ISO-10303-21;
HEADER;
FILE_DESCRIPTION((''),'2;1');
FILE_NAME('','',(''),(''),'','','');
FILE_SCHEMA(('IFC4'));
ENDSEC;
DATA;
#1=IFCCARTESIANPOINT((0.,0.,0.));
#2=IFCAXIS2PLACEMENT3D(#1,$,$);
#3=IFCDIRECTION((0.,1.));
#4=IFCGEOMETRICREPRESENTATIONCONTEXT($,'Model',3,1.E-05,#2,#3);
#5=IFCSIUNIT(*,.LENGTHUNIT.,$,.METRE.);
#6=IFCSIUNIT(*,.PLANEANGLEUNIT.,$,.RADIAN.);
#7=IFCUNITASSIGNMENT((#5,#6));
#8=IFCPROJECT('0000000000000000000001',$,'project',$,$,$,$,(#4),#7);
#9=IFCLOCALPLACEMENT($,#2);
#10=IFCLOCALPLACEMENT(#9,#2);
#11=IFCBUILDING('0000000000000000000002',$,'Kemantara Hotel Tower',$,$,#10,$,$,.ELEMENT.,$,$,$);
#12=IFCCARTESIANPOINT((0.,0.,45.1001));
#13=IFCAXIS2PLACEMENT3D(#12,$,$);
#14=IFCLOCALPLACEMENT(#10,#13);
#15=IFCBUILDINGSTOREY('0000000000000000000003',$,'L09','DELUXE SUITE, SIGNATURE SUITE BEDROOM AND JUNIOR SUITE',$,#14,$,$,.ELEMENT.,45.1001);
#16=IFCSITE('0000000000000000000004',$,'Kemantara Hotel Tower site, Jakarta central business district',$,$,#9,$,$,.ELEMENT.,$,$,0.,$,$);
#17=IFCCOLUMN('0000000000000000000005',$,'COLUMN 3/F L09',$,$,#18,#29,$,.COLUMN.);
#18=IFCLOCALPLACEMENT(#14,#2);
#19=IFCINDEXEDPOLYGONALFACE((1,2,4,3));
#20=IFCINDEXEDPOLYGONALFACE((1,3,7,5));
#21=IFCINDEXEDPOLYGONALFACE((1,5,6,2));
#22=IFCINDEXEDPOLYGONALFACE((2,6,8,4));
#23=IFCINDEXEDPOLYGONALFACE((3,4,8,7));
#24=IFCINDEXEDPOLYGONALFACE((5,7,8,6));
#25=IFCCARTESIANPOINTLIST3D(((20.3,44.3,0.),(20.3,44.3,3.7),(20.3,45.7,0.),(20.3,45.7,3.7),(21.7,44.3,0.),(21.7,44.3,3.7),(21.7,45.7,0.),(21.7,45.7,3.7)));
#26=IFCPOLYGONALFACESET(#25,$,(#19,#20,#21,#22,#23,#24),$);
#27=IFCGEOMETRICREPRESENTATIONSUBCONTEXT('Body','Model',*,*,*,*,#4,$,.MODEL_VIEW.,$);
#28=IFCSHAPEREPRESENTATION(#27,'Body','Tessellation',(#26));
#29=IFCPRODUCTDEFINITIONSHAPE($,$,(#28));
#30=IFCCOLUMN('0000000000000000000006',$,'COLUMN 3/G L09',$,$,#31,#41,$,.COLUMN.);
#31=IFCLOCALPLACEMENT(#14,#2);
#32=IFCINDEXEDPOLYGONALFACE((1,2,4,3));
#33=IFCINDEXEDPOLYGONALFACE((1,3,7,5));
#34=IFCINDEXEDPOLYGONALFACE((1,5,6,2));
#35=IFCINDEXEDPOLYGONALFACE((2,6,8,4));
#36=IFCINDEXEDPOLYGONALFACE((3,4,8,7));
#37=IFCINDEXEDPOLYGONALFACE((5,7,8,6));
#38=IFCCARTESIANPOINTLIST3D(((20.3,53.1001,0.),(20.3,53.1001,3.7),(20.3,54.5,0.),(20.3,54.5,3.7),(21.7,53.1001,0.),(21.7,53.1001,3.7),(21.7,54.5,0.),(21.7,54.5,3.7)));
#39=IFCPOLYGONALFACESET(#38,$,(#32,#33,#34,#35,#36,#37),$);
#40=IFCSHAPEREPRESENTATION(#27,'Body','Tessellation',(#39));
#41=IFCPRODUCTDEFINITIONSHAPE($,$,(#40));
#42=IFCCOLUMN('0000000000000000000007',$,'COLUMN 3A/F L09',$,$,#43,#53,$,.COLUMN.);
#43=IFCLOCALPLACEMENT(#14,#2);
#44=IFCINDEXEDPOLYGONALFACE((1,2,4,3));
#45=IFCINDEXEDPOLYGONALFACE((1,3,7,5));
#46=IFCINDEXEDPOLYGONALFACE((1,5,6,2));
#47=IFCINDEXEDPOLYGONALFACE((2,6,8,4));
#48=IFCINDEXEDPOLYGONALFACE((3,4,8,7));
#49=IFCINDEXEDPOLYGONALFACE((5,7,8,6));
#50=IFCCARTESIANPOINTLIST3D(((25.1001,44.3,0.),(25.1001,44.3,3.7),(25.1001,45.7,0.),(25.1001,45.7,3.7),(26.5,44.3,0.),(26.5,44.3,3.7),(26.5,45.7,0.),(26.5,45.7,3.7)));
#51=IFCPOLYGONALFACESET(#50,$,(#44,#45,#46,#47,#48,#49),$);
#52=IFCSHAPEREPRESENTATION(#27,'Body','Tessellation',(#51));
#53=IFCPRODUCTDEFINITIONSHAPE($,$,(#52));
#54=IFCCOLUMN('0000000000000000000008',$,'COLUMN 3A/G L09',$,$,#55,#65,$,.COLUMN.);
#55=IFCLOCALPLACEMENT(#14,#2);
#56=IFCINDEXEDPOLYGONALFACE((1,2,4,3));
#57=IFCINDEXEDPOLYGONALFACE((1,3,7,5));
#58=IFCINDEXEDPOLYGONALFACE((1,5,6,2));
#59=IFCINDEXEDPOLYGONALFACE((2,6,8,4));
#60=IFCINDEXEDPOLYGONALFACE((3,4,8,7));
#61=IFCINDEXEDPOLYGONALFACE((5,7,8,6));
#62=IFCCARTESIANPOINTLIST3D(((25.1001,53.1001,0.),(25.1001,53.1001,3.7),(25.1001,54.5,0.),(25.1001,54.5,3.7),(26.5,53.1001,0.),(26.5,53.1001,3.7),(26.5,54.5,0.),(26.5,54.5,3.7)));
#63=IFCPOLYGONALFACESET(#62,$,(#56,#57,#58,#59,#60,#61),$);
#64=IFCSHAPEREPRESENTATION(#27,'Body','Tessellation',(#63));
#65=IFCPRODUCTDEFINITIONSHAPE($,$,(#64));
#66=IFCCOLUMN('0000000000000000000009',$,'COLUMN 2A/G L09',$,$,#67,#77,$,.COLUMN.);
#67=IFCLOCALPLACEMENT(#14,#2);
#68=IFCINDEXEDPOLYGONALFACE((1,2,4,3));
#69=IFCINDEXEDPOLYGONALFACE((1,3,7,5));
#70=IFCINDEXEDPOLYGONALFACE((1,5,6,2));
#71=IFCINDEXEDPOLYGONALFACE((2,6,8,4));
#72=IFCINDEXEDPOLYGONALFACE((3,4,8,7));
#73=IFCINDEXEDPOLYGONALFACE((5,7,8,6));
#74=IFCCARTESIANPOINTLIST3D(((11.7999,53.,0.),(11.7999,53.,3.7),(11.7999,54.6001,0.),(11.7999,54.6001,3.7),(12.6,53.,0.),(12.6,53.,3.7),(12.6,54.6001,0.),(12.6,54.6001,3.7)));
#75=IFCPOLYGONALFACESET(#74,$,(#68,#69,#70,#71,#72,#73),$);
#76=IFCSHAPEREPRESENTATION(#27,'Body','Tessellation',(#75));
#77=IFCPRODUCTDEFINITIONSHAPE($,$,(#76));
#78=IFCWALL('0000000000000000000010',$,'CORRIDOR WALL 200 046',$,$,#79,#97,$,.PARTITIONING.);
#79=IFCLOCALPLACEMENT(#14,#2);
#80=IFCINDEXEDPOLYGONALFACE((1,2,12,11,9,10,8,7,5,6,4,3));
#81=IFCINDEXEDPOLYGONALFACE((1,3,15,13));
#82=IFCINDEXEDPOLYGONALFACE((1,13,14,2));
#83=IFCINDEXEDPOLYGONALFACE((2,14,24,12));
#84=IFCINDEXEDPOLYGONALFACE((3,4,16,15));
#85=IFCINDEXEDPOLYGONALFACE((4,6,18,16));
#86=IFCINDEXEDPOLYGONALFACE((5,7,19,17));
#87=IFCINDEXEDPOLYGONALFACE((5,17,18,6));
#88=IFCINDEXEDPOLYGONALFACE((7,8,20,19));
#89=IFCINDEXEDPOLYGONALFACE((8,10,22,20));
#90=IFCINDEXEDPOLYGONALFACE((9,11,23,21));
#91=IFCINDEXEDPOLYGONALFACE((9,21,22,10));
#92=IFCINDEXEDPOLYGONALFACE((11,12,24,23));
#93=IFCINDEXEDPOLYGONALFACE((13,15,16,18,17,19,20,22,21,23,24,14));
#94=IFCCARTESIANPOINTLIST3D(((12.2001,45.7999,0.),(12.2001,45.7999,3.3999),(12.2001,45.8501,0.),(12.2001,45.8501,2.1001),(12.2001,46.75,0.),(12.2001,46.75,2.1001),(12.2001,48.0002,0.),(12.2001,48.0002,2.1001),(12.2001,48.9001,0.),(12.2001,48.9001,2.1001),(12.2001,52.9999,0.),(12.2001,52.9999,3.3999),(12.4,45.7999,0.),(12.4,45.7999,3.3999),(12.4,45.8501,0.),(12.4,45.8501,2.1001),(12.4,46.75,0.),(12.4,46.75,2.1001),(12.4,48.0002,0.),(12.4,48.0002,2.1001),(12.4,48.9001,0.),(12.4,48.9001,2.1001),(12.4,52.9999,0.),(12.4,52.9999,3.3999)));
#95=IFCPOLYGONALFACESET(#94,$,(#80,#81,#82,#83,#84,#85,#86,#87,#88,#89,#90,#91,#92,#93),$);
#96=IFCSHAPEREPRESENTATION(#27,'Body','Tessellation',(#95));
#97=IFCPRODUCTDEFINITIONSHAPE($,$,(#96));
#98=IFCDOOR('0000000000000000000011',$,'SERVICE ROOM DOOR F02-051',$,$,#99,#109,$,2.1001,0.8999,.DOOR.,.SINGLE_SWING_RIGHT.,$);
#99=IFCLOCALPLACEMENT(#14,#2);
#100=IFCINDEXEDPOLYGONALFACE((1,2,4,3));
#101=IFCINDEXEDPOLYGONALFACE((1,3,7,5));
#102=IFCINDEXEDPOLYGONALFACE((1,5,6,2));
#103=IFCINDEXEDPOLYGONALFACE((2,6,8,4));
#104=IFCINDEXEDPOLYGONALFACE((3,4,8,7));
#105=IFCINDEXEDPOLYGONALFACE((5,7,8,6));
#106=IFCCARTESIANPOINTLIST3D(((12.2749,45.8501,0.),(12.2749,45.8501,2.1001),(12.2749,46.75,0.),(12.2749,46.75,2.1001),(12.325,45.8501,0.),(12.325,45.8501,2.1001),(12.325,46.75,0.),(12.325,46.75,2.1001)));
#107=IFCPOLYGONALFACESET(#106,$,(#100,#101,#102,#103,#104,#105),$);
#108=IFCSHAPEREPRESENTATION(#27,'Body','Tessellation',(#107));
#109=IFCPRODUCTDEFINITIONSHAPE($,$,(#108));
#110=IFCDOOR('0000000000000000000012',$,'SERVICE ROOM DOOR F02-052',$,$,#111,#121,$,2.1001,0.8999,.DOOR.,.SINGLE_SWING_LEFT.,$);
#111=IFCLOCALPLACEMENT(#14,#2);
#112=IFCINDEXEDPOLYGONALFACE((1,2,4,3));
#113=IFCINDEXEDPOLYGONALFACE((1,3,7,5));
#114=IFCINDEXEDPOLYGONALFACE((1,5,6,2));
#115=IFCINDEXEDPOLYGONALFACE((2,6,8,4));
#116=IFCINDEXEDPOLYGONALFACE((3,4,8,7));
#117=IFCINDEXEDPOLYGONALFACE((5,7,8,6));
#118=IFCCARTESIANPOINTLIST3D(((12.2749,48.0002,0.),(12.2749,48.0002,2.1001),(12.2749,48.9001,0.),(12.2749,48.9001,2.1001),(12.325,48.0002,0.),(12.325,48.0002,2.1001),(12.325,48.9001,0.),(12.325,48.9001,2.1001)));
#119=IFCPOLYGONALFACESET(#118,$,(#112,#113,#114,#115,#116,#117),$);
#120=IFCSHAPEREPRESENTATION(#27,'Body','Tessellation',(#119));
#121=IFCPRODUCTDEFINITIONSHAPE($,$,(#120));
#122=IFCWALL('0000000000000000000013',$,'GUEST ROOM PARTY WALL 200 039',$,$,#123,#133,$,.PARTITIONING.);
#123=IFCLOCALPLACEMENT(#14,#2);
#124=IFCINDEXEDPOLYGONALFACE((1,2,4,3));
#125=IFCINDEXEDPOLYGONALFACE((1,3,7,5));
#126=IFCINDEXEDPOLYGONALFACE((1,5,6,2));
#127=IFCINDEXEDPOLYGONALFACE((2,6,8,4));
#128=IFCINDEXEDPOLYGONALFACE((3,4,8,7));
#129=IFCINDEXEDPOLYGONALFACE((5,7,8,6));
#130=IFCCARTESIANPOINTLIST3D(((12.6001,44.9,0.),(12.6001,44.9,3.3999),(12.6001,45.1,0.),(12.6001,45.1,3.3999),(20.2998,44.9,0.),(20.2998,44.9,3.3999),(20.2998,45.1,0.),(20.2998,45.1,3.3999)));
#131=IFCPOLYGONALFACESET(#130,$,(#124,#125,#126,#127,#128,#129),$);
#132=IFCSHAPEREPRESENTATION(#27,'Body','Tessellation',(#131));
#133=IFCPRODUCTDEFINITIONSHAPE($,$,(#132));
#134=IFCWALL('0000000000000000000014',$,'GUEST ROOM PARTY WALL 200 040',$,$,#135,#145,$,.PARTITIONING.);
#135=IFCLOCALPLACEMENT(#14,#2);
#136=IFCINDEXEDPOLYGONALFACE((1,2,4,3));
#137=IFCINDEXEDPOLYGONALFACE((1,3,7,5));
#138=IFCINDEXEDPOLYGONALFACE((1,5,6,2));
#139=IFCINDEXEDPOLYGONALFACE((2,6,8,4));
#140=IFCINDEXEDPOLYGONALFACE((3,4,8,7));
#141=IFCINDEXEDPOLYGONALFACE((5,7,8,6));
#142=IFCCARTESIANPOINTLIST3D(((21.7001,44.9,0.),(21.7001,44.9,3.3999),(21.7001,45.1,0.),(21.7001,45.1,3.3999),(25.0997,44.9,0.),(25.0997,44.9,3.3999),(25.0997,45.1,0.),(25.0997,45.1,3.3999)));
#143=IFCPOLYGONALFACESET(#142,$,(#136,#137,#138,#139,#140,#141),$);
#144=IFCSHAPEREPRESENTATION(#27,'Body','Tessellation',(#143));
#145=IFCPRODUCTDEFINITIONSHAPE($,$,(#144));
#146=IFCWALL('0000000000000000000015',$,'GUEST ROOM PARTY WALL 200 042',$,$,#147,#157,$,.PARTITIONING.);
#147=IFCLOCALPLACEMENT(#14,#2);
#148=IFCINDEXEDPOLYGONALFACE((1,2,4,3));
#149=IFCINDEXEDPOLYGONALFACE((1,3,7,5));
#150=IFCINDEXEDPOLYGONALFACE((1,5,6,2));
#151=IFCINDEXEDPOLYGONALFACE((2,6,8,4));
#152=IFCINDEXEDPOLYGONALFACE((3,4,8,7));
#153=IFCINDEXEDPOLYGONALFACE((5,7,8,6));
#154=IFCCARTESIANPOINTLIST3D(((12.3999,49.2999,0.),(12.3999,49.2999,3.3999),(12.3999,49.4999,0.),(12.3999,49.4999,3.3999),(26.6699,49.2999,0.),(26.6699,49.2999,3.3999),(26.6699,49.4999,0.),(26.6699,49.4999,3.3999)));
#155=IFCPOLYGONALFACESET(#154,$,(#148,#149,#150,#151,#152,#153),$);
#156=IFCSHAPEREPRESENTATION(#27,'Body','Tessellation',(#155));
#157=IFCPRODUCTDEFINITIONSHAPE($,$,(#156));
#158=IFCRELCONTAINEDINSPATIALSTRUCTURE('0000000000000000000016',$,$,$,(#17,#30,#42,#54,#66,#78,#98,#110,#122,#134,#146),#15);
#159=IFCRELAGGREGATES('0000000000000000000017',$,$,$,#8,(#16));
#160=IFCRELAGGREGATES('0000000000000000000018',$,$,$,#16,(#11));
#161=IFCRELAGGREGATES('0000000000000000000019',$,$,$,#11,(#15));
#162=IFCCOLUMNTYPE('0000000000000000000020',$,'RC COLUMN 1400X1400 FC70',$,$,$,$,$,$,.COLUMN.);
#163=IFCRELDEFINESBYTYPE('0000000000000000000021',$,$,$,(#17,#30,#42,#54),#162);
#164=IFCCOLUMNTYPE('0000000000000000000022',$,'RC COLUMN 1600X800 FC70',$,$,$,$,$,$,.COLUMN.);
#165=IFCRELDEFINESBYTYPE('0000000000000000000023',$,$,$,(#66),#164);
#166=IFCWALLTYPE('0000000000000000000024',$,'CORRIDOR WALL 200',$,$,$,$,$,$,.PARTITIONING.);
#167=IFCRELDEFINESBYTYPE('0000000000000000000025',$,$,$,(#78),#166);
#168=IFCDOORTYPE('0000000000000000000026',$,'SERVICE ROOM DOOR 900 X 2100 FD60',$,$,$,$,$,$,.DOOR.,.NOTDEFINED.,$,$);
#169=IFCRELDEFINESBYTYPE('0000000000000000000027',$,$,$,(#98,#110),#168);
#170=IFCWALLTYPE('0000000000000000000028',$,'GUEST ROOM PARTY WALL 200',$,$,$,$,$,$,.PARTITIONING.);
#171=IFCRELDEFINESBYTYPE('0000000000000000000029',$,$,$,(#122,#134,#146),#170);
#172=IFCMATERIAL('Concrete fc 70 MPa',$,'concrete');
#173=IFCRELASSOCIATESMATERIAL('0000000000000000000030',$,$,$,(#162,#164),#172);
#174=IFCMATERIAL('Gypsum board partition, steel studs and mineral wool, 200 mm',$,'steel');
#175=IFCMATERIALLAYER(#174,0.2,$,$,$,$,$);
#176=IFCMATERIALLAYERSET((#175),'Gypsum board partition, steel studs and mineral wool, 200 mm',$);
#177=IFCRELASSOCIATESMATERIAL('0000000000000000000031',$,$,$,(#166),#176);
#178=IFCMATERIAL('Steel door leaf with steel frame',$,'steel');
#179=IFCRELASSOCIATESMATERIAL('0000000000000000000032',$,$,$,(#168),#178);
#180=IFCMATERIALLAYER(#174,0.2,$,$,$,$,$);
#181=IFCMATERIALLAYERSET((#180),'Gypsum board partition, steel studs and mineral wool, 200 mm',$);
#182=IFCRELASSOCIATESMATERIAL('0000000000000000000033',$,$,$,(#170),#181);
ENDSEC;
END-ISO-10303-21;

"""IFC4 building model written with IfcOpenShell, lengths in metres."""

from ifc_helpers import new_model, si_unit, direction, frame, frame_2d, origin, origin_2d, place, context, subcontext, project, spatial, rectangle, extrude, material, layer, layer_set, material_profile, profile_set, type_object, element, fill, save


model = new_model("IFC4")

# Units and contexts
model_context = context("Model", 3, precision=1e-05, world=origin(), true_north=direction((0.0, 1.0)))
body_context = subcontext(model_context, "Body", "Model", "MODEL_VIEW")
ifc_project = project(units=[si_unit("LENGTHUNIT", "METRE"), si_unit("PLANEANGLEUNIT", "RADIAN")], contexts=[model_context])

# Site, building, storey
site_placement = place(None, origin())
site = spatial("IfcSite", under=ifc_project, at=site_placement, Name="Kemantara Hotel Tower site, Jakarta central business district", CompositionType="ELEMENT", RefElevation=0.0)
building_placement = place(site_placement, origin())
building = spatial("IfcBuilding", under=site, at=building_placement, Name="Kemantara Hotel Tower", CompositionType="ELEMENT")
storey_placement = place(building_placement, frame((0.0, 0.0, 45.1001)))
storey = spatial("IfcBuildingStorey", under=building, at=storey_placement, Name="L09", Description="DELUXE SUITE, SIGNATURE SUITE BEDROOM AND JUNIOR SUITE", CompositionType="ELEMENT", Elevation=45.1001)

# Columns
ifc_material_1 = material(Name="Concrete fc 70 MPa", Category="concrete")
ifc_material_profile_1 = material_profile(ifc_material_1, rectangle(XDim=1.3999, YDim=1.3999, at=origin_2d()), Name="RC 1400X1400")
ifc_profile_set_1 = profile_set([ifc_material_profile_1], Name="Concrete fc 70 MPa")
column_type_1 = type_object("IfcColumnType", Name="RC COLUMN 1400X1400 FC70", PredefinedType="COLUMN", material=ifc_profile_set_1)
for number, where, z_axis, x_axis, name in (
    (1, (21.0, 45.0, 0.0), (0.0, 0.0, 1.0), (1.0, 0.0, 0.0), "COLUMN 3/F L09"),
    (2, (21.0, 53.8, 0.0), (0.0, 0.0, 1.0), (1.0, 0.0, 0.0), "COLUMN 3/G L09"),
    (3, (25.8, 45.0, 0.0), (0.0, 0.0, 1.0), (1.0, 0.0, 0.0), "COLUMN 3A/F L09"),
    (4, (25.8, 53.8, 0.0), (0.0, 0.0, 1.0), (1.0, 0.0, 0.0), "COLUMN 3A/G L09"),
):
    element("IfcColumn", number, at=place(storey_placement, frame(where, z_axis=z_axis, x_axis=x_axis)), inside=storey, type_object=column_type_1, Name=name, PredefinedType="COLUMN", context=body_context, shape_type="SweptSolid", body=[
        extrude(rectangle(XDim=1.3999, YDim=1.3999, at=origin_2d()), origin(), (0.0, 0.0, 1.0), 3.7),
    ])
ifc_material_profile_2 = material_profile(ifc_material_1, rectangle(XDim=1.6001, YDim=0.8, at=origin_2d()), Name="RC 1600X800")
ifc_profile_set_2 = profile_set([ifc_material_profile_2], Name="Concrete fc 70 MPa")
column_type_2 = type_object("IfcColumnType", Name="RC COLUMN 1600X800 FC70", PredefinedType="COLUMN", material=ifc_profile_set_2)
column_placement = place(storey_placement, frame((12.2, 53.8, 0.0), z_axis=(0.0, 0.0, 1.0), x_axis=(0.0, 1.0, 0.0)))
element("IfcColumn", 5, at=column_placement, inside=storey, type_object=column_type_2, Name="COLUMN 2A/G L09", PredefinedType="COLUMN", context=body_context, shape_type="SweptSolid", body=[
    extrude(rectangle(XDim=1.6001, YDim=0.8, at=origin_2d()), origin(), (0.0, 0.0, 1.0), 3.7),
])

# Wall, openings, doors
ifc_material_2 = material(Name="Gypsum board partition, steel studs and mineral wool, 200 mm", Category="steel")
ifc_layer_1 = layer(ifc_material_2, 0.2)
ifc_layer_set_1 = layer_set([ifc_layer_1], Name="Gypsum board partition, steel studs and mineral wool, 200 mm")
wall_type_1 = type_object("IfcWallType", Name="CORRIDOR WALL 200", PredefinedType="PARTITIONING", material=ifc_layer_set_1)
wall_1_placement = place(storey_placement, frame((12.3, 53.0, 0.0), z_axis=(0.0, 0.0, 1.0), x_axis=(0.0, -1.0, 0.0)))
wall_1 = element("IfcWall", 6, at=wall_1_placement, inside=storey, type_object=wall_type_1, Name="CORRIDOR WALL 200 046", PredefinedType="PARTITIONING", context=body_context, shape_type="SweptSolid", body=[
    extrude(rectangle(XDim=7.2, YDim=0.2, at=frame_2d((3.6001, 0.0))), origin(), (0.0, 0.0, 1.0), 3.3999),
])
opening_1_placement = place(wall_1_placement, frame((6.25, 0.0, 0.0)))
opening_1 = element("IfcOpeningElement", 7, at=opening_1_placement, cuts=wall_1, PredefinedType="OPENING", context=body_context, shape_type="SweptSolid", body=[
    extrude(rectangle(XDim=0.8999, YDim=2.1001, at=frame_2d((0.45, 1.05))), frame((0.0, 0.1099, 0.0), z_axis=(0.0, -1.0, 0.0), x_axis=(1.0, 0.0, 0.0)), (0.0, 0.0, 1.0), 0.22),
])
opening_2_placement = place(wall_1_placement, frame((4.0999, 0.0, 0.0)))
opening_2 = element("IfcOpeningElement", 8, at=opening_2_placement, cuts=wall_1, PredefinedType="OPENING", context=body_context, shape_type="SweptSolid", body=[
    extrude(rectangle(XDim=0.8999, YDim=2.1001, at=frame_2d((0.45, 1.05))), frame((0.0, 0.1099, 0.0), z_axis=(0.0, -1.0, 0.0), x_axis=(1.0, 0.0, 0.0)), (0.0, 0.0, 1.0), 0.22),
])
ifc_material_3 = material(Name="Steel door leaf with steel frame", Category="steel")
door_type_1 = type_object("IfcDoorType", Name="SERVICE ROOM DOOR 900 X 2100 FD60", OperationType="NOTDEFINED", PredefinedType="DOOR", material=ifc_material_3)
door_1_placement = place(opening_1_placement, origin())
door_1 = element("IfcDoor", 9, at=door_1_placement, inside=storey, type_object=door_type_1, Name="SERVICE ROOM DOOR F02-051", OperationType="SINGLE_SWING_RIGHT", OverallHeight=2.1001, OverallWidth=0.8999, PredefinedType="DOOR", context=body_context, shape_type="SweptSolid", body=[
    extrude(rectangle(XDim=0.8999, YDim=2.1001, at=frame_2d((0.45, 1.05))), frame((0.0, 0.0249, 0.0), z_axis=(0.0, -1.0, 0.0), x_axis=(1.0, 0.0, 0.0)), (0.0, 0.0, 1.0), 0.05),
])
fill(opening_1, door_1)
door_2_placement = place(opening_2_placement, origin())
door_2 = element("IfcDoor", 10, at=door_2_placement, inside=storey, type_object=door_type_1, Name="SERVICE ROOM DOOR F02-052", OperationType="SINGLE_SWING_LEFT", OverallHeight=2.1001, OverallWidth=0.8999, PredefinedType="DOOR", context=body_context, shape_type="SweptSolid", body=[
    extrude(rectangle(XDim=0.8999, YDim=2.1001, at=frame_2d((0.45, 1.05))), frame((0.0, 0.0249, 0.0), z_axis=(0.0, -1.0, 0.0), x_axis=(1.0, 0.0, 0.0)), (0.0, 0.0, 1.0), 0.05),
])
fill(opening_2, door_2)

# Walls
ifc_layer_2 = layer(ifc_material_2, 0.2)
ifc_layer_set_2 = layer_set([ifc_layer_2], Name="Gypsum board partition, steel studs and mineral wool, 200 mm")
wall_type_2 = type_object("IfcWallType", Name="GUEST ROOM PARTY WALL 200", PredefinedType="PARTITIONING", material=ifc_layer_set_2)
wall_2_placement = place(storey_placement, frame((12.6001, 45.0, 0.0), z_axis=(0.0, 0.0, 1.0), x_axis=(1.0, 0.0, 0.0)))
element("IfcWall", 11, at=wall_2_placement, inside=storey, type_object=wall_type_2, Name="GUEST ROOM PARTY WALL 200 039", PredefinedType="PARTITIONING", context=body_context, shape_type="SweptSolid", body=[
    extrude(rectangle(XDim=7.6997, YDim=0.2, at=frame_2d((3.8499, 0.0))), origin(), (0.0, 0.0, 1.0), 3.3999),
])
wall_3_placement = place(storey_placement, frame((21.7002, 45.0, 0.0), z_axis=(0.0, 0.0, 1.0), x_axis=(1.0, 0.0, 0.0)))
element("IfcWall", 12, at=wall_3_placement, inside=storey, type_object=wall_type_2, Name="GUEST ROOM PARTY WALL 200 040", PredefinedType="PARTITIONING", context=body_context, shape_type="SweptSolid", body=[
    extrude(rectangle(XDim=3.3997, YDim=0.2, at=frame_2d((1.6997, 0.0))), origin(), (0.0, 0.0, 1.0), 3.3999),
])
wall_4_placement = place(storey_placement, frame((12.3999, 49.3999, 0.0), z_axis=(0.0, 0.0, 1.0), x_axis=(1.0, 0.0, 0.0)))
element("IfcWall", 13, at=wall_4_placement, inside=storey, type_object=wall_type_2, Name="GUEST ROOM PARTY WALL 200 042", PredefinedType="PARTITIONING", context=body_context, shape_type="SweptSolid", body=[
    extrude(rectangle(XDim=14.27, YDim=0.2, at=frame_2d((7.135, 0.0))), origin(), (0.0, 0.0, 1.0), 3.3999),
])

save(model, "model.ifc")
